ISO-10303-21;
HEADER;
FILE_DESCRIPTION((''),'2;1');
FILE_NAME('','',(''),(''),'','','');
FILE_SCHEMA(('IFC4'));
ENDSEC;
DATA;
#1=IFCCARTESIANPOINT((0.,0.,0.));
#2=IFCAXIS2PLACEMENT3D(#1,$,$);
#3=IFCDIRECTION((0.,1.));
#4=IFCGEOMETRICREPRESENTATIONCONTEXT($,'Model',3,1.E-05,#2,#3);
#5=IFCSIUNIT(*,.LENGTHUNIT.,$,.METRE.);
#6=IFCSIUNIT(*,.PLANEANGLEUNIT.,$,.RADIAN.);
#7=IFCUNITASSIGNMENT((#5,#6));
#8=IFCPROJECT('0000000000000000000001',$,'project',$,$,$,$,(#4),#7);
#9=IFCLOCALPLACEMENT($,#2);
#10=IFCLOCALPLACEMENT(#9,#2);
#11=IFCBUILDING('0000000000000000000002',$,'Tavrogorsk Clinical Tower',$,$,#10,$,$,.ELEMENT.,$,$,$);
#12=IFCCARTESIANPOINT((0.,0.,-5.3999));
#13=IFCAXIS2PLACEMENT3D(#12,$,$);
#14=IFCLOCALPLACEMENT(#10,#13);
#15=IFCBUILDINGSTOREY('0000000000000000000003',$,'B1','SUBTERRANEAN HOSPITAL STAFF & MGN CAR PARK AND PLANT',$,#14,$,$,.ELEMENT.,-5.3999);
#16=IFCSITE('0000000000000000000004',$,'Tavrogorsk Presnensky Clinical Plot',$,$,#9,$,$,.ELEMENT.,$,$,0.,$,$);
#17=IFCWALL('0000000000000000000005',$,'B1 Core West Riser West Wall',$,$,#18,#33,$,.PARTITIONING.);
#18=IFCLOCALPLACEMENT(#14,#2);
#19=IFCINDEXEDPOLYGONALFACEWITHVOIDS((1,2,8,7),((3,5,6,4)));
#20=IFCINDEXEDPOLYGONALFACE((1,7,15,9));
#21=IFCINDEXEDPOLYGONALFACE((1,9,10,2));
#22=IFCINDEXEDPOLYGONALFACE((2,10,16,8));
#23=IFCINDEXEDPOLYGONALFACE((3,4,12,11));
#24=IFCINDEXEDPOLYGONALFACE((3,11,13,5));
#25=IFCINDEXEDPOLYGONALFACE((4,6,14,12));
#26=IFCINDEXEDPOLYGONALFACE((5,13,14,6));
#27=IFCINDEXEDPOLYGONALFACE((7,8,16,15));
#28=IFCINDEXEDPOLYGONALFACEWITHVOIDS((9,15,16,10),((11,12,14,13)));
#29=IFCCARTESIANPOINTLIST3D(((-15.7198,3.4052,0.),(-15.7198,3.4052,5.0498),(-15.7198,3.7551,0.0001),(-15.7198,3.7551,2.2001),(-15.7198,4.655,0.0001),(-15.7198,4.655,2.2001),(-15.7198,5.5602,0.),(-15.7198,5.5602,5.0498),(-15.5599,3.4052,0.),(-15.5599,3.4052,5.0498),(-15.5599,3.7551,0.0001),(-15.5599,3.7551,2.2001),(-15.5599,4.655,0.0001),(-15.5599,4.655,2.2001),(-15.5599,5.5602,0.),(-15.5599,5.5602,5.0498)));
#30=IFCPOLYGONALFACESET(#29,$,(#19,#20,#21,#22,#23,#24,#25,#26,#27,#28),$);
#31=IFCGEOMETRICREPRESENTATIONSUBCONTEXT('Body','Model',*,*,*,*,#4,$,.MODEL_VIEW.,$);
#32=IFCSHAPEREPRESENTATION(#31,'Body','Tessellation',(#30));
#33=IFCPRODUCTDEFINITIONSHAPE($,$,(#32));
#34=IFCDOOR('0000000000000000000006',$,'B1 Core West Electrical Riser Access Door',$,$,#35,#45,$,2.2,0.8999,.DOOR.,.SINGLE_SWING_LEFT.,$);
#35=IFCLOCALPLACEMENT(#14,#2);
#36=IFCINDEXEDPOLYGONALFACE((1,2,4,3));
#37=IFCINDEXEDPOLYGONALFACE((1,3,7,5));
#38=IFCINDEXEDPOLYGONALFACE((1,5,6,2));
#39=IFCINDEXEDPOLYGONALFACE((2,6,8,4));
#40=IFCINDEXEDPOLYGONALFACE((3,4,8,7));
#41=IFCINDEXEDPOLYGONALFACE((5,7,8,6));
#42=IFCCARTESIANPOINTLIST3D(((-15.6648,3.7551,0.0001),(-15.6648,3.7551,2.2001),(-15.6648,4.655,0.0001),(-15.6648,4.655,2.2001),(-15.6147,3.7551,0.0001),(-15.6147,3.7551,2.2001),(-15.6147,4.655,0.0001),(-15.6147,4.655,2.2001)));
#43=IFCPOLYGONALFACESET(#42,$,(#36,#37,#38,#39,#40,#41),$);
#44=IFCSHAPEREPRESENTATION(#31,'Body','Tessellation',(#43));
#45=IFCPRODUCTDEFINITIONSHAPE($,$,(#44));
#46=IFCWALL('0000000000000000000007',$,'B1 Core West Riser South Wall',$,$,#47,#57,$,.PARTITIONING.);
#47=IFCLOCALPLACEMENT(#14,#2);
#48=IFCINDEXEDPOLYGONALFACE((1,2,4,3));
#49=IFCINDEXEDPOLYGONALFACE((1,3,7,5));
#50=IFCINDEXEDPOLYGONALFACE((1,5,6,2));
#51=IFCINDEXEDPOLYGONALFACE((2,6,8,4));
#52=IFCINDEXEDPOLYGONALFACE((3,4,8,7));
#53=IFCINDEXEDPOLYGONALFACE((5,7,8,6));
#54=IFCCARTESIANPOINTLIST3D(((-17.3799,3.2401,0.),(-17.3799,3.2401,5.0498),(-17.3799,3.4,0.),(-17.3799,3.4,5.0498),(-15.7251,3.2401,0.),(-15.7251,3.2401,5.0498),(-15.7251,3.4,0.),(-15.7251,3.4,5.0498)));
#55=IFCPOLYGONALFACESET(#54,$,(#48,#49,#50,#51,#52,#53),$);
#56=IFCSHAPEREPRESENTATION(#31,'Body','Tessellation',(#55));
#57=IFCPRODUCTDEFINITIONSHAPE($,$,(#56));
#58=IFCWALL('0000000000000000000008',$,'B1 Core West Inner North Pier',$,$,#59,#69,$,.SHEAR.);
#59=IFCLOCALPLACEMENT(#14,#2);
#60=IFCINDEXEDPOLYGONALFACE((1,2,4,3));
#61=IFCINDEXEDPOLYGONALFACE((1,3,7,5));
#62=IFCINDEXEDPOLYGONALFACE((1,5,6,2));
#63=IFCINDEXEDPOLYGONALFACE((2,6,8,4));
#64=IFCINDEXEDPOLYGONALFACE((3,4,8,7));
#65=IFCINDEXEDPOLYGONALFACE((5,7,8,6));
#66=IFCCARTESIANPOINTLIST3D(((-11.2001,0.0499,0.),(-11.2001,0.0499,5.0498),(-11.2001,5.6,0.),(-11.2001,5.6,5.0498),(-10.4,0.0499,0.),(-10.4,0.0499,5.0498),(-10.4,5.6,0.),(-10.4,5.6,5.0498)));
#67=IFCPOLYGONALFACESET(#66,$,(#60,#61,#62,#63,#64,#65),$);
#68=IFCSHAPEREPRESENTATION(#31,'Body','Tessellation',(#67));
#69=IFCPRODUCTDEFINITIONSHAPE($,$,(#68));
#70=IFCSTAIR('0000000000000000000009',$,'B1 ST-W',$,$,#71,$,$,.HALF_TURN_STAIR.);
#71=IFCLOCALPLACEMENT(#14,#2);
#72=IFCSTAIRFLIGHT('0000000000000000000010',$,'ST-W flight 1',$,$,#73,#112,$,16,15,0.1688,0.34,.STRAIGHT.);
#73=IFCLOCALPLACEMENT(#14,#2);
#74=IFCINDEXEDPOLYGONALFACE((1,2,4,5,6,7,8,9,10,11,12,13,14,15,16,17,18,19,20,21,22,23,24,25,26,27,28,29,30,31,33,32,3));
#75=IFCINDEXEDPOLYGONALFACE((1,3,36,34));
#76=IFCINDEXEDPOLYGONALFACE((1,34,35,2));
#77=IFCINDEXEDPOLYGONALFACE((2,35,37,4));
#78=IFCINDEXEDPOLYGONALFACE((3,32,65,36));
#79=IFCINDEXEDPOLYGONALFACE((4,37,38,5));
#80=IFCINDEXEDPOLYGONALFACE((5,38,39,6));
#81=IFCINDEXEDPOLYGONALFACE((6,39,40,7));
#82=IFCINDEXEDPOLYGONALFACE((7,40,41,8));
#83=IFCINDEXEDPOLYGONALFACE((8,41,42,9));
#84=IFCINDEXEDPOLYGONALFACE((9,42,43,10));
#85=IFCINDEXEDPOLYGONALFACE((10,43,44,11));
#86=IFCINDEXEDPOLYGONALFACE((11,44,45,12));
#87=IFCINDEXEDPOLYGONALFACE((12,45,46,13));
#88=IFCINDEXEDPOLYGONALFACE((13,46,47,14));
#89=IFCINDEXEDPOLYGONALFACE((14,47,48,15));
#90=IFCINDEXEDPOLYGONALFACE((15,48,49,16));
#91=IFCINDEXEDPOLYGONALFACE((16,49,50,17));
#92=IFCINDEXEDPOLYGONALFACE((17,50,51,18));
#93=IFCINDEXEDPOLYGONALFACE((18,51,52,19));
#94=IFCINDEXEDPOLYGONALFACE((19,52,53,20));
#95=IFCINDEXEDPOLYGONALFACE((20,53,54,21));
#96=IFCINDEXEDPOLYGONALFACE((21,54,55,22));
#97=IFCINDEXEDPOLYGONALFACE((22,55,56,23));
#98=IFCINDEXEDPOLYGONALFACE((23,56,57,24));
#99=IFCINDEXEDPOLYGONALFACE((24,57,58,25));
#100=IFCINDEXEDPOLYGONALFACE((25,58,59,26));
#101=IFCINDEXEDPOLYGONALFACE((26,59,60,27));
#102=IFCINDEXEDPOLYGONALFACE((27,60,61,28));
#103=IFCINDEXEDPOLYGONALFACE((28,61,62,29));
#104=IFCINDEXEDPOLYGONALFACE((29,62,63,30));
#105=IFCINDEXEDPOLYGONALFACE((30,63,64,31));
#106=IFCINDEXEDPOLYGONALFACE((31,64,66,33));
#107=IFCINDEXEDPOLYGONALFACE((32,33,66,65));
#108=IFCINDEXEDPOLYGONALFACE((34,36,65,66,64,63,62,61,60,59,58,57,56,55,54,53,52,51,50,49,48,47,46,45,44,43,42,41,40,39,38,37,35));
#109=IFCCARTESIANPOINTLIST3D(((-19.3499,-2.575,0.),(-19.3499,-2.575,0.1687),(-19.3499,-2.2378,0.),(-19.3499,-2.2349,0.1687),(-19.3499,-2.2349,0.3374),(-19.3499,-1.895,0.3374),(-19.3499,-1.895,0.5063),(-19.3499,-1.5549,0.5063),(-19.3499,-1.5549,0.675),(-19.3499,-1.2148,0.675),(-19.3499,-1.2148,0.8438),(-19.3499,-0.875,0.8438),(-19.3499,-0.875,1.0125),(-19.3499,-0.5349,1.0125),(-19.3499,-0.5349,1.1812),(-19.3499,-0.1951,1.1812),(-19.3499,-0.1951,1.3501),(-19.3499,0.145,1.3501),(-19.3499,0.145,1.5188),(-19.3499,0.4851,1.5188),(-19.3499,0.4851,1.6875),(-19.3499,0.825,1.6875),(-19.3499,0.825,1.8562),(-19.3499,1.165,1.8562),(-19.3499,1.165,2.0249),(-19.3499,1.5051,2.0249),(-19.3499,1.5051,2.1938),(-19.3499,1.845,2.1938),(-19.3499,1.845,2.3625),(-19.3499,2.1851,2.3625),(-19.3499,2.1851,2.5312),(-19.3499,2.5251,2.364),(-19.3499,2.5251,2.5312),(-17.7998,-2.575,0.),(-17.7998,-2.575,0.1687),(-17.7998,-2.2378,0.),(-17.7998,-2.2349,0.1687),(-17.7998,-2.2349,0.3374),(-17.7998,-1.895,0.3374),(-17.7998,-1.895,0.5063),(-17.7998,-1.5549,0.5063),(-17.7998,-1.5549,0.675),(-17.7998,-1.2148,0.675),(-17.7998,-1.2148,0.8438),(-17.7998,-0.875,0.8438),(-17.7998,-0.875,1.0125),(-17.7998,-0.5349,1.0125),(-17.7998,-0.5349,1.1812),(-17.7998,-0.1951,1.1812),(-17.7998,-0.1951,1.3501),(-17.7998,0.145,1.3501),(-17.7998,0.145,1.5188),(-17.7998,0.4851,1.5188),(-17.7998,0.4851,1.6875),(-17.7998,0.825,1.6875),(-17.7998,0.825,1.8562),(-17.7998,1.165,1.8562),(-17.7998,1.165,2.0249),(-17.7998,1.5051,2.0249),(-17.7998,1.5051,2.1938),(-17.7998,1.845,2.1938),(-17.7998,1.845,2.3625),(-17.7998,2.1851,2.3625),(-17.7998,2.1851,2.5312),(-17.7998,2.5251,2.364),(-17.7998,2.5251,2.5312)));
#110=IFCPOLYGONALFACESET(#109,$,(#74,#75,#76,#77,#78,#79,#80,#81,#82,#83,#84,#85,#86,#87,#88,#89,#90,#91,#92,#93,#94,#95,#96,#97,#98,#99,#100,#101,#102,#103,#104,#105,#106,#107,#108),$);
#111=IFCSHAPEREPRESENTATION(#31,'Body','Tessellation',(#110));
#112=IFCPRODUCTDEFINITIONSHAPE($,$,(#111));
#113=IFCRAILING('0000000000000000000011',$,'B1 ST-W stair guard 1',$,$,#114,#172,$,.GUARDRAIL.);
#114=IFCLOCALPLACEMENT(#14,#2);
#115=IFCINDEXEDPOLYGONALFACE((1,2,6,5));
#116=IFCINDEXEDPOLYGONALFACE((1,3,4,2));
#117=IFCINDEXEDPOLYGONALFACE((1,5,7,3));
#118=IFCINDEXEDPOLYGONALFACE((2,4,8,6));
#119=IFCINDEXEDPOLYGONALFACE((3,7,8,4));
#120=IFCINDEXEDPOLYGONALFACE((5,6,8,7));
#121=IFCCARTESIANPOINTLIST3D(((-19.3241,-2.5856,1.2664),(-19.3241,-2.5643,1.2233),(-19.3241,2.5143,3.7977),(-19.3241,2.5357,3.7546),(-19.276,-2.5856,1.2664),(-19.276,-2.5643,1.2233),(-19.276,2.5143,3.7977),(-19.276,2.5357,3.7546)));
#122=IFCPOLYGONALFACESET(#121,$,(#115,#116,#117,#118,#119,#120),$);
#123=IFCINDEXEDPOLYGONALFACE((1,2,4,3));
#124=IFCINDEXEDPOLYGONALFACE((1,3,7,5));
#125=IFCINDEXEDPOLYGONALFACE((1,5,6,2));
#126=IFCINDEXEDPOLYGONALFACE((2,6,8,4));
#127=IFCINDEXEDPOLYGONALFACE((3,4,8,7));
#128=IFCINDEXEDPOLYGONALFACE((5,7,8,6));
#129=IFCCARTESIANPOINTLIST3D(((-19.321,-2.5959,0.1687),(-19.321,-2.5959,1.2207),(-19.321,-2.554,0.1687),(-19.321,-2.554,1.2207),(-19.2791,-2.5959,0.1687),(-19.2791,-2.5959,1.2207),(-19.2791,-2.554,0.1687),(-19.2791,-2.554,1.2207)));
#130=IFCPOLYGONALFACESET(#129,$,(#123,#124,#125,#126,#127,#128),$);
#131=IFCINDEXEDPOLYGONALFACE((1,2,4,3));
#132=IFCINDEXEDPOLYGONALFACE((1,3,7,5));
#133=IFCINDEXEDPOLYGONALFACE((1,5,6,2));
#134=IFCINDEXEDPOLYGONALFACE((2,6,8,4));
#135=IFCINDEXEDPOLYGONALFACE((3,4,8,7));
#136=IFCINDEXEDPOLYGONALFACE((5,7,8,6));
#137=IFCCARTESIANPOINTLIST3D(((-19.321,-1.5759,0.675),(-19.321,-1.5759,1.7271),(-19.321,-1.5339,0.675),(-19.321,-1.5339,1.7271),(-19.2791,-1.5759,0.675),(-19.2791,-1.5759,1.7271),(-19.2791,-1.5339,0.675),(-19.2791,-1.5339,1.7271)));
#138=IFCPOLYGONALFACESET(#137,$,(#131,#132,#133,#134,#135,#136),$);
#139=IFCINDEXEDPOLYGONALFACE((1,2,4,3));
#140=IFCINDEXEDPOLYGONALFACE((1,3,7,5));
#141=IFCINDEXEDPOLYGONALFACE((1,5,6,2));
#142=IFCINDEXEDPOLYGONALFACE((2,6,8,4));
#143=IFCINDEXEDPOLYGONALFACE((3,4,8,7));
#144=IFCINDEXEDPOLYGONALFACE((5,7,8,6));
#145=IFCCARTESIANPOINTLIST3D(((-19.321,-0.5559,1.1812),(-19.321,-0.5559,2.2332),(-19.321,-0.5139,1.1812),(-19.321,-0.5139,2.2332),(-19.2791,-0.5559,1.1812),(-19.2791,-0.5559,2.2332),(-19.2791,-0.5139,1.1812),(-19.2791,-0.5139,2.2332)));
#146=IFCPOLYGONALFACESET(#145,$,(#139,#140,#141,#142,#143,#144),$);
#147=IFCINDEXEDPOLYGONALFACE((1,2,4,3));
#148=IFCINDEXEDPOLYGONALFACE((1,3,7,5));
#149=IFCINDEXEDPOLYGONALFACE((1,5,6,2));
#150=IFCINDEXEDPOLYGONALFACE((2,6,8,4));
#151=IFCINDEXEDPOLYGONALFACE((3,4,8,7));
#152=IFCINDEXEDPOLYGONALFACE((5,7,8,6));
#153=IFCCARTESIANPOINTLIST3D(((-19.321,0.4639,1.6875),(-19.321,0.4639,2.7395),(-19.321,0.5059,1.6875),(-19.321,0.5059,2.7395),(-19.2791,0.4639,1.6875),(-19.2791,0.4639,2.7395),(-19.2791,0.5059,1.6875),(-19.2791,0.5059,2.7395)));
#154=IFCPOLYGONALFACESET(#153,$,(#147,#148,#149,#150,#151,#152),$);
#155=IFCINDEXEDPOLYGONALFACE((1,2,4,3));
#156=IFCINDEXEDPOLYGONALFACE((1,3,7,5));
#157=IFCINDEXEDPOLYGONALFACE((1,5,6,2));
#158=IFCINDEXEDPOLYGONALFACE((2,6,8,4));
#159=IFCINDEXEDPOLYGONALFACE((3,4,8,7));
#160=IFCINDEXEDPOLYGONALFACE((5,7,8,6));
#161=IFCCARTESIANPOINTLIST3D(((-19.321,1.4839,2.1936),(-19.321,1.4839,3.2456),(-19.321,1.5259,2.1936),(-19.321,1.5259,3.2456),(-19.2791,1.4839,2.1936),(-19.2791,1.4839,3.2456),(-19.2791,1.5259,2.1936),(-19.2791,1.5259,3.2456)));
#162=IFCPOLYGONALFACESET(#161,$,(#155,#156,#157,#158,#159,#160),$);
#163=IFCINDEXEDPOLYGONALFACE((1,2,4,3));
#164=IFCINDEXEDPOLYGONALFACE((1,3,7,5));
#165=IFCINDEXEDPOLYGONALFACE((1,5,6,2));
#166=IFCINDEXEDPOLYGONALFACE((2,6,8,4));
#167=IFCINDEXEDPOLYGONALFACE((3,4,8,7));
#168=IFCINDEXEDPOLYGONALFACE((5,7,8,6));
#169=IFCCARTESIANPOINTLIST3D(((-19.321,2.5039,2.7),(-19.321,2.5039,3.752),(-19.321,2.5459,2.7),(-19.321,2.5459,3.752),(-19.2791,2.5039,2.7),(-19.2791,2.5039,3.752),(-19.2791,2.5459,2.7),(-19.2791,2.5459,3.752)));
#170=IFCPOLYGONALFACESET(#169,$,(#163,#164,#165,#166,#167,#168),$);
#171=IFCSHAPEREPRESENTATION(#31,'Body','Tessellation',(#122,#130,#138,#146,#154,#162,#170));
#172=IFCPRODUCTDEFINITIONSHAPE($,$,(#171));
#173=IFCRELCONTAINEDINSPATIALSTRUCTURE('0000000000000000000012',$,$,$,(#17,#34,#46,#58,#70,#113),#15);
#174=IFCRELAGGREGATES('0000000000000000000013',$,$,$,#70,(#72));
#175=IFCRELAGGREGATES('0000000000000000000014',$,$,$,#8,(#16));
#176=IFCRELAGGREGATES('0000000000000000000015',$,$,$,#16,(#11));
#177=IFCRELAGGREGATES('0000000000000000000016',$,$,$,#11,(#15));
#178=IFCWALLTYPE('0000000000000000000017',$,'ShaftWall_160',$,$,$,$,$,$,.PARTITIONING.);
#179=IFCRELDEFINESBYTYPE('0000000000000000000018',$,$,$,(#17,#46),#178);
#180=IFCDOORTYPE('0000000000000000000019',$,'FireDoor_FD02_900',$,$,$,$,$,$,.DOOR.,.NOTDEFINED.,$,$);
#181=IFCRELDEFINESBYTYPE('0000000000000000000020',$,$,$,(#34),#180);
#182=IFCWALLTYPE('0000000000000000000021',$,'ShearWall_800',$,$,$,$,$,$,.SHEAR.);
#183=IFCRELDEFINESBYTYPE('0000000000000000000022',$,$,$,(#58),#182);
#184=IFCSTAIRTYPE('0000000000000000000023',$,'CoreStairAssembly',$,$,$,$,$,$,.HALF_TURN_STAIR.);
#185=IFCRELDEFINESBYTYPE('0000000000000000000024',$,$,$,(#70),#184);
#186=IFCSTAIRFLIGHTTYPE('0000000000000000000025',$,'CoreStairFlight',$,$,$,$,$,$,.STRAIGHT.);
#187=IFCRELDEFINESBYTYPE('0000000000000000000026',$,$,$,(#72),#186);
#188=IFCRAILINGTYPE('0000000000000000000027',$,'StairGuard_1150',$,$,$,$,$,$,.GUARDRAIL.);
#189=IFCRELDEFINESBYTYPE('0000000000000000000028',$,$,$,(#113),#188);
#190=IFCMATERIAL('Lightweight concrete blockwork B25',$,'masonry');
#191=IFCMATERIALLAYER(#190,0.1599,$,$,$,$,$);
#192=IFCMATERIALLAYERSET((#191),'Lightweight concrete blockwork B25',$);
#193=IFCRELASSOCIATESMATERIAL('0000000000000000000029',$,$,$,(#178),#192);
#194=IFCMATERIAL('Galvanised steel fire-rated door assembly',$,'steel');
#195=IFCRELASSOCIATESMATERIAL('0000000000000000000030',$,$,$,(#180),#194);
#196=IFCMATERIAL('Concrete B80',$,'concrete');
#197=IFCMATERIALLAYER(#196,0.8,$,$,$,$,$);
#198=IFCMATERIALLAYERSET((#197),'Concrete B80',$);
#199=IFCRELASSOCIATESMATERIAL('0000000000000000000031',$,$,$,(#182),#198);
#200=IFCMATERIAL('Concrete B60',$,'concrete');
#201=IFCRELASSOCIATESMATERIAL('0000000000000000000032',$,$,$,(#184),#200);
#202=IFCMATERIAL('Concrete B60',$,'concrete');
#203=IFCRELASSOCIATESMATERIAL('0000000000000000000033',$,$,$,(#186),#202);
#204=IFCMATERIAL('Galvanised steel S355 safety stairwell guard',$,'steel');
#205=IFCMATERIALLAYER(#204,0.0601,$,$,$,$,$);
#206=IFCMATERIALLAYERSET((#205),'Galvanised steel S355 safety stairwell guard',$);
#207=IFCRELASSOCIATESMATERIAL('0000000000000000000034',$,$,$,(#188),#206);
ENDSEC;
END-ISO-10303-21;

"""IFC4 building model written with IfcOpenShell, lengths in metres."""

from ifc_helpers import new_model, si_unit, direction, frame, frame_2d, origin, origin_2d, place, context, subcontext, project, spatial, polyline, rectangle, outline, extrude, material, layer, layer_set, type_object, element, fill, aggregate, save


model = new_model("IFC4")

# Units and contexts
model_context = context("Model", 3, precision=1e-05, world=origin(), true_north=direction((0.0, 1.0)))
body_context = subcontext(model_context, "Body", "Model", "MODEL_VIEW")
ifc_project = project(units=[si_unit("LENGTHUNIT", "METRE"), si_unit("PLANEANGLEUNIT", "RADIAN")], contexts=[model_context])

# Site, building, storey
site_placement = place(None, origin())
site = spatial("IfcSite", under=ifc_project, at=site_placement, Name="Tavrogorsk Presnensky Clinical Plot", CompositionType="ELEMENT", RefElevation=0.0)
building_placement = place(site_placement, origin())
building = spatial("IfcBuilding", under=site, at=building_placement, Name="Tavrogorsk Clinical Tower", CompositionType="ELEMENT")
storey_placement = place(building_placement, frame((0.0, 0.0, -5.3999)))
storey = spatial("IfcBuildingStorey", under=building, at=storey_placement, Name="B1", Description="SUBTERRANEAN HOSPITAL STAFF & MGN CAR PARK AND PLANT", CompositionType="ELEMENT", Elevation=-5.3999)

# Shared definitions
ifc_material_1 = material(Name="Lightweight concrete blockwork B25", Category="masonry")
ifc_layer_1 = layer(ifc_material_1, 0.1599)
ifc_layer_set_1 = layer_set([ifc_layer_1], Name="Lightweight concrete blockwork B25")
wall_type_1 = type_object("IfcWallType", Name="ShaftWall_160", PredefinedType="PARTITIONING", material=ifc_layer_set_1)

# Wall, opening, door
wall_1_placement = place(storey_placement, frame((-15.6399, 3.405, 0.0), z_axis=(0.0, 0.0, 1.0), x_axis=(0.0, 1.0, 0.0)))
wall_1 = element("IfcWall", 1, at=wall_1_placement, inside=storey, type_object=wall_type_1, Name="B1 Core West Riser West Wall", PredefinedType="PARTITIONING", context=body_context, shape_type="SweptSolid", body=[
    extrude(rectangle(XDim=2.155, YDim=0.1599, at=frame_2d((1.0776, 0.0))), origin(), (0.0, 0.0, 1.0), 5.0498),
])
opening_1_placement = place(wall_1_placement, frame((0.3501, 0.0, 0.0)))
opening_1 = element("IfcOpeningElement", 2, at=opening_1_placement, cuts=wall_1, PredefinedType="OPENING", context=body_context, shape_type="SweptSolid", body=[
    extrude(rectangle(XDim=0.8999, YDim=2.2, at=frame_2d((0.45, 1.1001))), frame((0.0, 0.0898, 0.0), z_axis=(0.0, -1.0, 0.0), x_axis=(1.0, 0.0, 0.0)), (0.0, 0.0, 1.0), 0.1799),
])
ifc_material_2 = material(Name="Galvanised steel fire-rated door assembly", Category="steel")
door_type_1 = type_object("IfcDoorType", Name="FireDoor_FD02_900", OperationType="NOTDEFINED", PredefinedType="DOOR", material=ifc_material_2)
door_1_placement = place(opening_1_placement, origin())
door_1 = element("IfcDoor", 3, at=door_1_placement, inside=storey, type_object=door_type_1, Name="B1 Core West Electrical Riser Access Door", OperationType="SINGLE_SWING_LEFT", OverallHeight=2.2, OverallWidth=0.8999, PredefinedType="DOOR", context=body_context, shape_type="SweptSolid", body=[
    extrude(rectangle(XDim=0.8999, YDim=2.2, at=frame_2d((0.45, 1.1001))), frame((0.0, 0.0249, 0.0), z_axis=(0.0, -1.0, 0.0), x_axis=(1.0, 0.0, 0.0)), (0.0, 0.0, 1.0), 0.05),
])
fill(opening_1, door_1)

# Walls
wall_2_placement = place(storey_placement, frame((-17.3799, 3.3201, 0.0), z_axis=(0.0, 0.0, 1.0), x_axis=(1.0, 0.0, 0.0)))
element("IfcWall", 4, at=wall_2_placement, inside=storey, type_object=wall_type_1, Name="B1 Core West Riser South Wall", PredefinedType="PARTITIONING", context=body_context, shape_type="SweptSolid", body=[
    extrude(rectangle(XDim=1.6548, YDim=0.1599, at=frame_2d((0.8274, 0.0))), origin(), (0.0, 0.0, 1.0), 5.0498),
])
ifc_material_3 = material(Name="Concrete B80", Category="concrete")
ifc_layer_2 = layer(ifc_material_3, 0.8)
ifc_layer_set_2 = layer_set([ifc_layer_2], Name="Concrete B80")
wall_type_2 = type_object("IfcWallType", Name="ShearWall_800", PredefinedType="SHEAR", material=ifc_layer_set_2)
wall_3_placement = place(storey_placement, frame((-10.8, 0.05, 0.0), z_axis=(0.0, 0.0, 1.0), x_axis=(0.0, 1.0, 0.0)))
element("IfcWall", 5, at=wall_3_placement, inside=storey, type_object=wall_type_2, Name="B1 Core West Inner North Pier", PredefinedType="SHEAR", context=body_context, shape_type="SweptSolid", body=[
    extrude(rectangle(XDim=5.55, YDim=0.8, at=frame_2d((2.7749, 0.0))), origin(), (0.0, 0.0, 1.0), 5.0498),
])

# Stair, stair flight
ifc_material_4 = material(Name="Concrete B60", Category="concrete")
stair_type = type_object("IfcStairType", Name="CoreStairAssembly", PredefinedType="HALF_TURN_STAIR", material=ifc_material_4)
stair_placement = place(storey_placement, origin())
stair = element("IfcStair", 6, at=stair_placement, inside=storey, type_object=stair_type, Name="B1 ST-W", PredefinedType="HALF_TURN_STAIR")
ifc_material_5 = material(Name="Concrete B60", Category="concrete")
stair_flight_type = type_object("IfcStairFlightType", Name="CoreStairFlight", PredefinedType="STRAIGHT", material=ifc_material_5)
stair_flight_placement = place(storey_placement, frame((-18.575, -2.575, 0.0), z_axis=(0.0, 0.0, 1.0), x_axis=(0.0, 1.0, 0.0)))
stair_flight = element("IfcStairFlight", 7, at=stair_flight_placement, type_object=stair_flight_type, Name="ST-W flight 1", NumberOfRisers=16, NumberOfTreads=15, PredefinedType="STRAIGHT", RiserHeight=0.1688, TreadLength=0.34, context=body_context, shape_type="SweptSolid", body=[
    extrude(outline(polyline([(0.0, 0.0), (0.0, 0.1687), (0.3401, 0.1687), (0.3401, 0.3374), (0.6799, 0.3374), (0.6799, 0.5063), (1.02, 0.5063), (1.02, 0.675), (1.3601, 0.675), (1.3601, 0.8438), (1.7, 0.8438), (1.7, 1.0125), (2.04, 1.0125), (2.04, 1.1812), (2.3799, 1.1812), (2.3799, 1.3501), (2.72, 1.3501), (2.72, 1.5188), (3.0601, 1.5188), (3.0601, 1.6875), (3.3999, 1.6875), (3.3999, 1.8562), (3.74, 1.8562), (3.74, 2.0249), (4.0801, 2.0249), (4.0801, 2.1938), (4.4199, 2.1938), (4.4199, 2.3625), (4.76, 2.3625), (4.76, 2.5312), (5.1001, 2.5312), (5.1001, 2.7), (5.1001, 2.364), (0.3372, 0.0), (0.0, 0.0)])), frame((0.0, 0.7749, 0.0), z_axis=(0.0, -1.0, 0.0), x_axis=(1.0, 0.0, 0.0)), (0.0, 0.0, 1.0), 1.55),
])
aggregate(stair, [stair_flight])

# Railing
ifc_material_6 = material(Name="Galvanised steel S355 safety stairwell guard", Category="steel")
ifc_layer_3 = layer(ifc_material_6, 0.0601)
ifc_layer_set_3 = layer_set([ifc_layer_3], Name="Galvanised steel S355 safety stairwell guard")
railing_type_1 = type_object("IfcRailingType", Name="StairGuard_1150", PredefinedType="GUARDRAIL", material=ifc_layer_set_3)
railing_1_placement = place(storey_placement, frame((-19.3, -2.575, 0.1687)))
element("IfcRailing", 8, at=railing_1_placement, inside=storey, type_object=railing_type_1, Name="B1 ST-W stair guard 1", PredefinedType="GUARDRAIL", context=body_context, shape_type="SweptSolid", body=[
    extrude(rectangle(XDim=0.0481, YDim=0.0481, at=origin_2d()), frame((0.0, 0.0, 1.0762), z_axis=(0.0, 0.895735, 0.444587), x_axis=(-1.0, 0.0, 0.0)), (0.0, 0.0, 1.0), 5.6936),
    extrude(rectangle(XDim=0.042, YDim=0.042, at=origin_2d()), origin(), (0.0, 0.0, 1.0), 1.052),
    extrude(rectangle(XDim=0.042, YDim=0.042, at=origin_2d()), frame((0.0, 1.02, 0.5063)), (0.0, 0.0, 1.0), 1.052),
    extrude(rectangle(XDim=0.042, YDim=0.042, at=origin_2d()), frame((0.0, 2.04, 1.0125)), (0.0, 0.0, 1.0), 1.052),
    extrude(rectangle(XDim=0.042, YDim=0.042, at=origin_2d()), frame((0.0, 3.0598, 1.5188)), (0.0, 0.0, 1.0), 1.052),
    extrude(rectangle(XDim=0.042, YDim=0.042, at=origin_2d()), frame((0.0, 4.0798, 2.0249)), (0.0, 0.0, 1.0), 1.052),
    extrude(rectangle(XDim=0.042, YDim=0.042, at=origin_2d()), frame((0.0, 5.0999, 2.5312)), (0.0, 0.0, 1.0), 1.052),
])

save(model, "model.ifc")
